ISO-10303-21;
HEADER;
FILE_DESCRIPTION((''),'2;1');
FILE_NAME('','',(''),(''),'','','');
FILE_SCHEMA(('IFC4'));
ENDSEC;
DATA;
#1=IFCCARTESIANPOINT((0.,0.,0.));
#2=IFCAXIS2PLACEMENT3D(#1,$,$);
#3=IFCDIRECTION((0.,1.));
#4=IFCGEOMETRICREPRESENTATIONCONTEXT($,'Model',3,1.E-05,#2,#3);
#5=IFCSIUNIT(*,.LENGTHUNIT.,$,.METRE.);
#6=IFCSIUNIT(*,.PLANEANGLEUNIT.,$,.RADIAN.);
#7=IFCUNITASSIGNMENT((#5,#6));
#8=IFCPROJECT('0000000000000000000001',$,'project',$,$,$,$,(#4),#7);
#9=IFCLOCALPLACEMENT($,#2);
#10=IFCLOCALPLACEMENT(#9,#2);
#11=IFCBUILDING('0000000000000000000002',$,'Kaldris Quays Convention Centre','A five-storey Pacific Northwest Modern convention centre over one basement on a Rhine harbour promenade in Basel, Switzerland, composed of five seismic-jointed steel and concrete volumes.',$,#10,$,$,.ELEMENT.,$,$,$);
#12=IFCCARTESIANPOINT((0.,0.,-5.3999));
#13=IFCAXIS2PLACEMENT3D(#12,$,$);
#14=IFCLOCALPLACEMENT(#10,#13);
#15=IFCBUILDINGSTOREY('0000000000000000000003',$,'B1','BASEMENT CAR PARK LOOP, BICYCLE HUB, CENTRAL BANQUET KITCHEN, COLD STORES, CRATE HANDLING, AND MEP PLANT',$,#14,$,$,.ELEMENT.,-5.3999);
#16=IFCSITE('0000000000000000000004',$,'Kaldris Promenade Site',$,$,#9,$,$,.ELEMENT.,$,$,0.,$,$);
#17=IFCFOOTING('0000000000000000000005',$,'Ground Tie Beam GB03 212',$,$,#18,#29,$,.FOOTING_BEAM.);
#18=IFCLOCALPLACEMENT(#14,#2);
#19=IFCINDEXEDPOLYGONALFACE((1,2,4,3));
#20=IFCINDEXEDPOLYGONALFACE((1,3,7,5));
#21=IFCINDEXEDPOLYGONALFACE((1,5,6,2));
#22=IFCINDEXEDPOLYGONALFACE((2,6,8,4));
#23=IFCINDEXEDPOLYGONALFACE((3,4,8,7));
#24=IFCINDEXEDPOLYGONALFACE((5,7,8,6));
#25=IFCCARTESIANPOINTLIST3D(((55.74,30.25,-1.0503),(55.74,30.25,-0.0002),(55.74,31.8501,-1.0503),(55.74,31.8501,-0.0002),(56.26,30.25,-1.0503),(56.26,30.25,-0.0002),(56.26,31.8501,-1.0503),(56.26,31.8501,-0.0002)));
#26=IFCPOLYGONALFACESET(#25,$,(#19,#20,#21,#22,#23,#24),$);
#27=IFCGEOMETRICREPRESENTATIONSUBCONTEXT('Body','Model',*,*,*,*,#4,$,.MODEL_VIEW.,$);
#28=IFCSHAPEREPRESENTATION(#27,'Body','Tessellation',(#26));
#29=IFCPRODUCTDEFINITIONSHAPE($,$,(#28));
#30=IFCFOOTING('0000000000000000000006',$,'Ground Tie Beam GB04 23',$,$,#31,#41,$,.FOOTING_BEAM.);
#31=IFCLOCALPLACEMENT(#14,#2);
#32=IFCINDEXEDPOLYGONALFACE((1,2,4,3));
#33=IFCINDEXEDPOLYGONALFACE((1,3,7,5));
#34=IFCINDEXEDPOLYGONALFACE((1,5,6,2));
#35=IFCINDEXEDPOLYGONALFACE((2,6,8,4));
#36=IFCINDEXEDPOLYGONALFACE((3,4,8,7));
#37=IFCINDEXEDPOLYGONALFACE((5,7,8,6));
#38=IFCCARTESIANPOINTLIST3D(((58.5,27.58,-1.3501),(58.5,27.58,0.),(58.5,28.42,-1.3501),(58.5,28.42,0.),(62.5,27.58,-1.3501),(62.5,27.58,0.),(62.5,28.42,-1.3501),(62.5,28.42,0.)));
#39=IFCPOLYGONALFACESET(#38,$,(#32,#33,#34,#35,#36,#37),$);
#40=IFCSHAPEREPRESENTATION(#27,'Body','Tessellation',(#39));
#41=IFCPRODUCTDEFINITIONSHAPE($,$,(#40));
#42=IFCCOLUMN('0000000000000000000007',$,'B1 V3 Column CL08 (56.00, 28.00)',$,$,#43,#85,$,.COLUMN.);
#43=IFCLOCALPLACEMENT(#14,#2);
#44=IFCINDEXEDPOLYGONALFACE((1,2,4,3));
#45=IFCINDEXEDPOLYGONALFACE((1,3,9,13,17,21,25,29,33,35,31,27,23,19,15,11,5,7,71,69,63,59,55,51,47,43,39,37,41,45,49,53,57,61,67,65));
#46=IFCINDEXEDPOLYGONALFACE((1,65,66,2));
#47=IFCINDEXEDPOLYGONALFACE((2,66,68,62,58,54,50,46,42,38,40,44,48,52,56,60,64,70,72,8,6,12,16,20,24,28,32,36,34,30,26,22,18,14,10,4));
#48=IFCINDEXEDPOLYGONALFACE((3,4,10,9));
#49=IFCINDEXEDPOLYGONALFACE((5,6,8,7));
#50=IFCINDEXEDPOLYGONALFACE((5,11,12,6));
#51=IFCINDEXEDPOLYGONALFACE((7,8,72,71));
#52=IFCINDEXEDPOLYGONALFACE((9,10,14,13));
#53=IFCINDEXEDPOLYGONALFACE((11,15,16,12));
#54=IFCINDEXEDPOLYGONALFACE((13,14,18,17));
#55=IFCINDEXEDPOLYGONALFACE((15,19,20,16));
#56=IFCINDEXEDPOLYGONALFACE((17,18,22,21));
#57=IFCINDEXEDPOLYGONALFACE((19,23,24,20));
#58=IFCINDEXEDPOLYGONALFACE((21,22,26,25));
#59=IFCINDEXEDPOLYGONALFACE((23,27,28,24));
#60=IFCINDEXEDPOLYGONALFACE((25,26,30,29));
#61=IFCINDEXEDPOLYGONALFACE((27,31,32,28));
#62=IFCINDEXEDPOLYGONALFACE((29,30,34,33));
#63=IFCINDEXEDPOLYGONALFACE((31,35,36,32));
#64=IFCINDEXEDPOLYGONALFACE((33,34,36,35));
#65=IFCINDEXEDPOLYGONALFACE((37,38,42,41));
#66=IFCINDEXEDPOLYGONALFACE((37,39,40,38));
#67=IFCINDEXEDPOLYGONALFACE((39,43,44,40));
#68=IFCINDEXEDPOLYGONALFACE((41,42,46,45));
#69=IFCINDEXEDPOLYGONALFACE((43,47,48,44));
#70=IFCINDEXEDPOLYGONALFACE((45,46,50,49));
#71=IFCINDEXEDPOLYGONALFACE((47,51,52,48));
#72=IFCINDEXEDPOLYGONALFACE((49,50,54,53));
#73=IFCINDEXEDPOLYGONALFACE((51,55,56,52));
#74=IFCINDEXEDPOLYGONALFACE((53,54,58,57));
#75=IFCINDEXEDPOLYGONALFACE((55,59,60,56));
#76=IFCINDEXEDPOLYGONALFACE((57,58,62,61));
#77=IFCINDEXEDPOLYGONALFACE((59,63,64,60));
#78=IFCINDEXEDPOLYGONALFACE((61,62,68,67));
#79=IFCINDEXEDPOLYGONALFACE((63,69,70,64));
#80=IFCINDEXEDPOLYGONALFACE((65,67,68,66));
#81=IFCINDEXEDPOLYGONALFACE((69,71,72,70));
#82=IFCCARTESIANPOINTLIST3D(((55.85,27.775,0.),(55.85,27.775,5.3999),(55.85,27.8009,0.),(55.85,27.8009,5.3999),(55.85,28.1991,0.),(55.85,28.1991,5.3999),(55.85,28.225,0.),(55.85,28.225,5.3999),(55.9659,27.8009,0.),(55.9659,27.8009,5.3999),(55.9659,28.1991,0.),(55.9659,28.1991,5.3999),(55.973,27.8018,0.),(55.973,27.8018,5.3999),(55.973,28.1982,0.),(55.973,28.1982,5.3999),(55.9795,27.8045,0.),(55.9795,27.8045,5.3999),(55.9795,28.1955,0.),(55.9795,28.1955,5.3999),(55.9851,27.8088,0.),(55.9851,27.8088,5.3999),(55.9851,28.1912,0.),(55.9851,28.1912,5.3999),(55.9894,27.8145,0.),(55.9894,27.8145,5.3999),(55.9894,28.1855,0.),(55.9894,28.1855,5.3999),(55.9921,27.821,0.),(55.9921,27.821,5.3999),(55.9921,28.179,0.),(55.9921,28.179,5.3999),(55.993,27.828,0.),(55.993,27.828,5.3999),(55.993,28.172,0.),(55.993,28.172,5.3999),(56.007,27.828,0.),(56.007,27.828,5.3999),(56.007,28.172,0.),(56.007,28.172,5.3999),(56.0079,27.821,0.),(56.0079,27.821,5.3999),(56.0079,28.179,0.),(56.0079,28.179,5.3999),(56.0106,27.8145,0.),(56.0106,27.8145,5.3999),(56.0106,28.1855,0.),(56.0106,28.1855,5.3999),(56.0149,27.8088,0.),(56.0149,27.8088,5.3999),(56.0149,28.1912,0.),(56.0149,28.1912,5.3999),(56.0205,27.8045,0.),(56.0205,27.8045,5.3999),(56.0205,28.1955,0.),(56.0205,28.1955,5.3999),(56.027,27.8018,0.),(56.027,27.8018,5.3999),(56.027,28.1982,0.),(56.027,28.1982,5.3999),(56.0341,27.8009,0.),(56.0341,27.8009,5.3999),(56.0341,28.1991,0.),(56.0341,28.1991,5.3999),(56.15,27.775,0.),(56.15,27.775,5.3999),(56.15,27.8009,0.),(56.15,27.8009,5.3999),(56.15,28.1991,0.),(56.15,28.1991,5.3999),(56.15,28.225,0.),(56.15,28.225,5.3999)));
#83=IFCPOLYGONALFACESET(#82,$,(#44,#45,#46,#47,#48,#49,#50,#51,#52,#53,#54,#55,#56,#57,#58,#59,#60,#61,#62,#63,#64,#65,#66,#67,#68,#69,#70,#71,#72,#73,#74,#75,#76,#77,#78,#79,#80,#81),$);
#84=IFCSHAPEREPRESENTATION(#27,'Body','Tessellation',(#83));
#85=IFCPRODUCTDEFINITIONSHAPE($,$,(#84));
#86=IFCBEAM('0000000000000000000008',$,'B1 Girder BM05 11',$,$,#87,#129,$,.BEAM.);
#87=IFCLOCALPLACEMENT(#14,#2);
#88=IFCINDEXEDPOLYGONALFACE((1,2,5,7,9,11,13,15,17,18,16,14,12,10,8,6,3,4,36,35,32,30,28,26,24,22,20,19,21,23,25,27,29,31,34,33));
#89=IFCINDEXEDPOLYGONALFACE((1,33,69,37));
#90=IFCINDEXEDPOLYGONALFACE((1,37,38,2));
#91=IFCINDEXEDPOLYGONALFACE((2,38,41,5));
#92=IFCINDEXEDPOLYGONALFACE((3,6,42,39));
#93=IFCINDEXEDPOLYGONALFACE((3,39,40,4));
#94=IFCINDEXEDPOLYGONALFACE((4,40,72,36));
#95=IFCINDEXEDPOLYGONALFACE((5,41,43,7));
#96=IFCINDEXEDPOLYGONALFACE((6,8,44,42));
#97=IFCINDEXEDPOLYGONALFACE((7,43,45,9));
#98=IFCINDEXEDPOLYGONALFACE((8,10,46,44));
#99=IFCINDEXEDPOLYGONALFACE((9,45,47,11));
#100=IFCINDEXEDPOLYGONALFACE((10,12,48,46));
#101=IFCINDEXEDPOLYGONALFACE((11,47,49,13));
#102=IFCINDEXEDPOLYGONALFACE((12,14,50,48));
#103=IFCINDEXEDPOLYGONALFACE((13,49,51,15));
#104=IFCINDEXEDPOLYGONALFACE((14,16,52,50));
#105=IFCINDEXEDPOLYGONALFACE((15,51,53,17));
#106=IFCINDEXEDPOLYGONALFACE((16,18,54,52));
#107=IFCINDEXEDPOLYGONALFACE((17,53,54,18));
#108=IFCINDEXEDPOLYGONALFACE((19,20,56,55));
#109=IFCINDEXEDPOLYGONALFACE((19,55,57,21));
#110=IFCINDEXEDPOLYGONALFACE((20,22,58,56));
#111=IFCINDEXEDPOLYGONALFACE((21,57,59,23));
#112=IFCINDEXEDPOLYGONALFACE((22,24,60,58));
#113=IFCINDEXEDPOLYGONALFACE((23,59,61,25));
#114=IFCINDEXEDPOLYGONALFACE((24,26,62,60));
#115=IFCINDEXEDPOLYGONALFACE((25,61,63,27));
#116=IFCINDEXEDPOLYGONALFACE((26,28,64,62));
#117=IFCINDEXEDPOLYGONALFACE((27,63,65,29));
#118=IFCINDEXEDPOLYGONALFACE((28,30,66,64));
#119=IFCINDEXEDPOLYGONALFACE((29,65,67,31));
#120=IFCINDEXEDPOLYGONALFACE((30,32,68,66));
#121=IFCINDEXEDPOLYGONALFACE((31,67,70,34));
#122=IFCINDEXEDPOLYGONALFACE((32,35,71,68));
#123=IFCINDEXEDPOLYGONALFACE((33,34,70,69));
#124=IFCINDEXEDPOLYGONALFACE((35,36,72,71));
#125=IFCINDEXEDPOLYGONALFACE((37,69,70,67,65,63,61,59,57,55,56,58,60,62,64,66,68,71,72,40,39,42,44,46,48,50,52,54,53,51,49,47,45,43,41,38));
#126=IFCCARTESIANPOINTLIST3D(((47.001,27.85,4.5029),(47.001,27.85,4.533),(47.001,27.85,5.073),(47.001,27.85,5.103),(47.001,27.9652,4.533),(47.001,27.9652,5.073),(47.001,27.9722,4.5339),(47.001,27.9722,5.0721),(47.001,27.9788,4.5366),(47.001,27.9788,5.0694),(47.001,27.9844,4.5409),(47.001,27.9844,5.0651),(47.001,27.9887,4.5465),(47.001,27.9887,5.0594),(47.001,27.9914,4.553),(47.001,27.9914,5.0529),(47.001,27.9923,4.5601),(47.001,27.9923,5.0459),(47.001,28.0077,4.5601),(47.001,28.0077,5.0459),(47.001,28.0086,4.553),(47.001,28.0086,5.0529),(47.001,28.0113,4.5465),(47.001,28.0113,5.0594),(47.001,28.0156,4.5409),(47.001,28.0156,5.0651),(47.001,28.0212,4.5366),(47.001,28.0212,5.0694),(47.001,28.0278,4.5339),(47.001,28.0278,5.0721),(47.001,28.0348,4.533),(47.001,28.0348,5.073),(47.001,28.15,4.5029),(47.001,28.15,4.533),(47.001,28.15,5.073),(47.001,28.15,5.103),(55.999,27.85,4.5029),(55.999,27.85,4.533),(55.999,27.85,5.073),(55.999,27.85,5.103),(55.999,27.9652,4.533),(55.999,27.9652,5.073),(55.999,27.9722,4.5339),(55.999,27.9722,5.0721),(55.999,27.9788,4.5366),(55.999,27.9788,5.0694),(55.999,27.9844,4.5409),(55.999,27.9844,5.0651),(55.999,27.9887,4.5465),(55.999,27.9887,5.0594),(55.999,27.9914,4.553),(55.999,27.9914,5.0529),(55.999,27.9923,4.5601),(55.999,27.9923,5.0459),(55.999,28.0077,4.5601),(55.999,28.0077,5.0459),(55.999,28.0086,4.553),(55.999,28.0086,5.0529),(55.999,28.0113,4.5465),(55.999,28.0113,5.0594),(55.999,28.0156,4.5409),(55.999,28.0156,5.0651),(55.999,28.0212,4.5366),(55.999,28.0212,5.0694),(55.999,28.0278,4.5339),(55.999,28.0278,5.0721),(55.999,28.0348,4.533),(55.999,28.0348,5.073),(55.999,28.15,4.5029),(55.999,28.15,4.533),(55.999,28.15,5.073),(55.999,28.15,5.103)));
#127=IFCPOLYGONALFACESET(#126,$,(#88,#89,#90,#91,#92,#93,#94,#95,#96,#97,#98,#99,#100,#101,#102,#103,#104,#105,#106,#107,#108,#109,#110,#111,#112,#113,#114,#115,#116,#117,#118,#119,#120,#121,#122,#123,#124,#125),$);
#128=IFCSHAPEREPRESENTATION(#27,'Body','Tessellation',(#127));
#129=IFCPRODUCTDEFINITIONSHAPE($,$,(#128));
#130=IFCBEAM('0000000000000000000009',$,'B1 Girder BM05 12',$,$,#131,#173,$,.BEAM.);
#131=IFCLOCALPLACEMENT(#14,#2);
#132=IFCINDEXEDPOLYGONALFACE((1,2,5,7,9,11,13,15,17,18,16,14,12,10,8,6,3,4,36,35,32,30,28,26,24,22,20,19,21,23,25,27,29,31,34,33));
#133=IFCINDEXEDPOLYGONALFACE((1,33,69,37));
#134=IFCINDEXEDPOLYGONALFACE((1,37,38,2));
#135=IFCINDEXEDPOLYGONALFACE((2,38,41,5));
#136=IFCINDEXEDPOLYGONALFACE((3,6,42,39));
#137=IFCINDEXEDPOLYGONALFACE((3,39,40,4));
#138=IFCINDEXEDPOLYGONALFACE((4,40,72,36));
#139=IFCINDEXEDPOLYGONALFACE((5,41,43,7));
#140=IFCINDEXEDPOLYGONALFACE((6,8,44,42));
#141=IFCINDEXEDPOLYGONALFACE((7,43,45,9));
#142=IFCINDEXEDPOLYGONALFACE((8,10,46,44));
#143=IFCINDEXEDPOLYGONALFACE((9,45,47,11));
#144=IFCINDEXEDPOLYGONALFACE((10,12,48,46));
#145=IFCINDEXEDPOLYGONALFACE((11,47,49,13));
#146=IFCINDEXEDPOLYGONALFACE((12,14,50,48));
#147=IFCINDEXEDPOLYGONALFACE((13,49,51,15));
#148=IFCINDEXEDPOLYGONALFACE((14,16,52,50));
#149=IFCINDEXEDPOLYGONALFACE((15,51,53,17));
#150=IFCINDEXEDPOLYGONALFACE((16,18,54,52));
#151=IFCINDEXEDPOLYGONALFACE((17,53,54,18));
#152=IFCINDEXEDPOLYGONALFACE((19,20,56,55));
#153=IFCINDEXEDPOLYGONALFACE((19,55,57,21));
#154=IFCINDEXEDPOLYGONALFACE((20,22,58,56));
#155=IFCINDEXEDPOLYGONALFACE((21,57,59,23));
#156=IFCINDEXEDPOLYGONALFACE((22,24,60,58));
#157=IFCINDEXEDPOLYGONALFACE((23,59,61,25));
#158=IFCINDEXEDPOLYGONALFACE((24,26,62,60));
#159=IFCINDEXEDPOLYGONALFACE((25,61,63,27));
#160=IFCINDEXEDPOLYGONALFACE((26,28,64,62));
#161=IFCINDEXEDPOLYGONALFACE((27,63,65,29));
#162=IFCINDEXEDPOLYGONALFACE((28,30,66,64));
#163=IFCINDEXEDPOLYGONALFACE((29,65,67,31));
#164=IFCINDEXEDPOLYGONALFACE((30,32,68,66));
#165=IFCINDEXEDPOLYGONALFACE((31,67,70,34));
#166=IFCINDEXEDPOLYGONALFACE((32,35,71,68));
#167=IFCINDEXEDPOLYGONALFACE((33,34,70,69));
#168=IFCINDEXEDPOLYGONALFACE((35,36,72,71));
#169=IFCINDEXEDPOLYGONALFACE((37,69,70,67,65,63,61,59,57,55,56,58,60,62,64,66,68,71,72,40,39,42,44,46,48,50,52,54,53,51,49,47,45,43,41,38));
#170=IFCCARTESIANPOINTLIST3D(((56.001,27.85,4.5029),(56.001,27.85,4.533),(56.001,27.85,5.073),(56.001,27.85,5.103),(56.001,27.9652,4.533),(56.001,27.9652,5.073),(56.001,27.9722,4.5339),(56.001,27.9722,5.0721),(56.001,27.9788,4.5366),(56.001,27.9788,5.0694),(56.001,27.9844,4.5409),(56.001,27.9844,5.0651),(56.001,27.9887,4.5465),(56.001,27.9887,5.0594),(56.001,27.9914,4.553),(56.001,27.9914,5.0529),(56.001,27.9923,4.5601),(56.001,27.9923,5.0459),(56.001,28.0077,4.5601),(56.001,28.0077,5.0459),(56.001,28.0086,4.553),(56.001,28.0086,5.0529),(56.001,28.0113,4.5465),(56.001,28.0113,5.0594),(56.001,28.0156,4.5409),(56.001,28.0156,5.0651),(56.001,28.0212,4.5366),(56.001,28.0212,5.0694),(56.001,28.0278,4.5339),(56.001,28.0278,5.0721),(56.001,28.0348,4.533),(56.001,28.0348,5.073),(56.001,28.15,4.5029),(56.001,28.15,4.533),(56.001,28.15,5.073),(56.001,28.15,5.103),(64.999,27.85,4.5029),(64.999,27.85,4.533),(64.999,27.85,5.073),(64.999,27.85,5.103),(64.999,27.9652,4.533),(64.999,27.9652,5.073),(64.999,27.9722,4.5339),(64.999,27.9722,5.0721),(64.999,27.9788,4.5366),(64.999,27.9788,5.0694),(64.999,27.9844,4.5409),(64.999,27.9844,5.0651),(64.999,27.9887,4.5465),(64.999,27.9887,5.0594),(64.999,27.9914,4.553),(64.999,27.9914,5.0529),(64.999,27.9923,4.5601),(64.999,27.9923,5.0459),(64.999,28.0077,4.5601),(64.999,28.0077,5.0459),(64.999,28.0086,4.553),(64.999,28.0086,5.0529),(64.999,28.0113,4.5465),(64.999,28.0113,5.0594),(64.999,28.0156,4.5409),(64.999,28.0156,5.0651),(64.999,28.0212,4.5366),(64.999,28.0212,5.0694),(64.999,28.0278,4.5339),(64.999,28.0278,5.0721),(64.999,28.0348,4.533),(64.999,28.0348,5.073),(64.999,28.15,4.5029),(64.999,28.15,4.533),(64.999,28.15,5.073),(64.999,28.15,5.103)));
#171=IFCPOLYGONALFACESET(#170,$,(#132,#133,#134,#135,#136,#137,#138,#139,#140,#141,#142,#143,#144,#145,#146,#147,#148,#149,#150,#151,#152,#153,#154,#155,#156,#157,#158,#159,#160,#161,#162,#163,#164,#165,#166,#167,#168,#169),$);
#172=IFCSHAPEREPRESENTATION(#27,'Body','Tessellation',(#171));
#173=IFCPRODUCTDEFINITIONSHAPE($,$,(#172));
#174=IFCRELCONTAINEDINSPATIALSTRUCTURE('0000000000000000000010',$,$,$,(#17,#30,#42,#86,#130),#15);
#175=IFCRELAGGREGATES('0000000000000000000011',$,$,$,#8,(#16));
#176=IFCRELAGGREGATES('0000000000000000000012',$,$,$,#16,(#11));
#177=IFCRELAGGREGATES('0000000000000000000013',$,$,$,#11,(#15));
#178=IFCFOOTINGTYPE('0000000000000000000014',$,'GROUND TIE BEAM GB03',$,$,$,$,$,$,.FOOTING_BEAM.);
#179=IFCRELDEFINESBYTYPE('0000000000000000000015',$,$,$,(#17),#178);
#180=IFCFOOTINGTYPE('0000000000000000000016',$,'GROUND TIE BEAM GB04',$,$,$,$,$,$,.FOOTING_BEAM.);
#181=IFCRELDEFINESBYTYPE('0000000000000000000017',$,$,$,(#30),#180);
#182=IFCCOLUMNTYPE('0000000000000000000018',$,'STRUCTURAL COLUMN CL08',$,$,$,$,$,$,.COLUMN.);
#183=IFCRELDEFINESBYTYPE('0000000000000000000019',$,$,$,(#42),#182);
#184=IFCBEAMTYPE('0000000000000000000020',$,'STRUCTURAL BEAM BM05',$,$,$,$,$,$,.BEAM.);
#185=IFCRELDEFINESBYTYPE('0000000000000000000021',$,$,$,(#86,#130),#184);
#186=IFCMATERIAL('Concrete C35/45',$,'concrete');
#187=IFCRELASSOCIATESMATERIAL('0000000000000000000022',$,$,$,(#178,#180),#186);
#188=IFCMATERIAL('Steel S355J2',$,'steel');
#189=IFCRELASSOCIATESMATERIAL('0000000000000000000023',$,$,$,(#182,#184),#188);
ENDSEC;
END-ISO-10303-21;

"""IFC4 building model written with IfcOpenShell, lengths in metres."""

from ifc_helpers import new_model, si_unit, direction, frame, origin, origin_2d, place, context, subcontext, project, spatial, rectangle, i_section, extrude, material, material_profile, profile_set, type_object, element, save


model = new_model("IFC4")

# Units and contexts
model_context = context("Model", 3, precision=1e-05, world=origin(), true_north=direction((0.0, 1.0)))
body_context = subcontext(model_context, "Body", "Model", "MODEL_VIEW")
ifc_project = project(units=[si_unit("LENGTHUNIT", "METRE"), si_unit("PLANEANGLEUNIT", "RADIAN")], contexts=[model_context])

# Site, building, storey
site_placement = place(None, origin())
site = spatial("IfcSite", under=ifc_project, at=site_placement, Name="Kaldris Promenade Site", CompositionType="ELEMENT", RefElevation=0.0)
building_placement = place(site_placement, origin())
building = spatial("IfcBuilding", under=site, at=building_placement, Name="Kaldris Quays Convention Centre", Description="A five-storey Pacific Northwest Modern convention centre over one basement on a Rhine harbour promenade in Basel, Switzerland, composed of five seismic-jointed steel and concrete volumes.", CompositionType="ELEMENT")
storey_placement = place(building_placement, frame((0.0, 0.0, -5.3999)))
storey = spatial("IfcBuildingStorey", under=building, at=storey_placement, Name="B1", Description="BASEMENT CAR PARK LOOP, BICYCLE HUB, CENTRAL BANQUET KITCHEN, COLD STORES, CRATE HANDLING, AND MEP PLANT", CompositionType="ELEMENT", Elevation=-5.3999)

# Shared definitions
ifc_material_1 = material(Name="Concrete C35/45", Category="concrete")

# Footings
footing_type_1 = type_object("IfcFootingType", Name="GROUND TIE BEAM GB03", PredefinedType="FOOTING_BEAM", material=ifc_material_1)
footing_1_placement = place(storey_placement, frame((56.0, 31.05, -1.0503), z_axis=(0.0, 0.0, 1.0), x_axis=(1.0, 0.0, 0.0)))
element("IfcFooting", 1, at=footing_1_placement, inside=storey, type_object=footing_type_1, Name="Ground Tie Beam GB03 212", PredefinedType="FOOTING_BEAM", context=body_context, shape_type="SweptSolid", body=[
    extrude(rectangle(XDim=0.52, YDim=1.6001, at=origin_2d()), origin(), (0.0, 0.0, 1.0), 1.05),
])
footing_type_2 = type_object("IfcFootingType", Name="GROUND TIE BEAM GB04", PredefinedType="FOOTING_BEAM", material=ifc_material_1)
footing_2_placement = place(storey_placement, frame((60.5, 28.0, -1.3501), z_axis=(0.0, 0.0, 1.0), x_axis=(1.0, 0.0, 0.0)))
element("IfcFooting", 2, at=footing_2_placement, inside=storey, type_object=footing_type_2, Name="Ground Tie Beam GB04 23", PredefinedType="FOOTING_BEAM", context=body_context, shape_type="SweptSolid", body=[
    extrude(rectangle(XDim=4.0, YDim=0.8401, at=origin_2d()), origin(), (0.0, 0.0, 1.0), 1.3501),
])

# Column
ifc_material_2 = material(Name="Steel S355J2", Category="steel")
ifc_material_profile_1 = material_profile(ifc_material_2, i_section(OverallWidth=0.3, OverallDepth=0.45, WebThickness=0.0139, FlangeThickness=0.0259, FilletRadius=0.0271, at=origin_2d()), Name="HEB 450")
ifc_profile_set_1 = profile_set([ifc_material_profile_1], Name="Steel S355J2")
column_type = type_object("IfcColumnType", Name="STRUCTURAL COLUMN CL08", PredefinedType="COLUMN", material=ifc_profile_set_1)
column_placement = place(storey_placement, frame((56.0, 28.0, 0.0), z_axis=(0.0, 0.0, 1.0), x_axis=(1.0, 0.0, 0.0)))
element("IfcColumn", 3, at=column_placement, inside=storey, type_object=column_type, Name="B1 V3 Column CL08 (56.00, 28.00)", PredefinedType="COLUMN", context=body_context, shape_type="SweptSolid", body=[
    extrude(i_section(OverallWidth=0.3, OverallDepth=0.45, WebThickness=0.0139, FlangeThickness=0.0259, FilletRadius=0.0271, at=origin_2d()), origin(), (0.0, 0.0, 1.0), 5.3999),
])

# Beams
ifc_material_profile_2 = material_profile(ifc_material_2, i_section(OverallWidth=0.3, OverallDepth=0.6001, WebThickness=0.0154, FlangeThickness=0.03, FilletRadius=0.0271, at=origin_2d()), Name="HEB 600")
ifc_profile_set_2 = profile_set([ifc_material_profile_2], Name="Steel S355J2")
beam_type_1 = type_object("IfcBeamType", Name="STRUCTURAL BEAM BM05", PredefinedType="BEAM", material=ifc_profile_set_2)
for number, where, z_axis, x_axis, name in (
    (4, (47.001, 28.0, 4.803), (1.0, 0.0, 0.0), (0.0, 1.0, 0.0), "B1 Girder BM05 11"),
    (5, (56.001, 28.0, 4.803), (1.0, 0.0, 0.0), (0.0, 1.0, 0.0), "B1 Girder BM05 12"),
):
    element("IfcBeam", number, at=place(storey_placement, frame(where, z_axis=z_axis, x_axis=x_axis)), inside=storey, type_object=beam_type_1, Name=name, PredefinedType="BEAM", context=body_context, shape_type="SweptSolid", body=[
        extrude(i_section(OverallWidth=0.3, OverallDepth=0.6001, WebThickness=0.0154, FlangeThickness=0.03, FilletRadius=0.0271, at=origin_2d()), origin(), (0.0, 0.0, 1.0), 8.998),
    ])

save(model, "model.ifc")
